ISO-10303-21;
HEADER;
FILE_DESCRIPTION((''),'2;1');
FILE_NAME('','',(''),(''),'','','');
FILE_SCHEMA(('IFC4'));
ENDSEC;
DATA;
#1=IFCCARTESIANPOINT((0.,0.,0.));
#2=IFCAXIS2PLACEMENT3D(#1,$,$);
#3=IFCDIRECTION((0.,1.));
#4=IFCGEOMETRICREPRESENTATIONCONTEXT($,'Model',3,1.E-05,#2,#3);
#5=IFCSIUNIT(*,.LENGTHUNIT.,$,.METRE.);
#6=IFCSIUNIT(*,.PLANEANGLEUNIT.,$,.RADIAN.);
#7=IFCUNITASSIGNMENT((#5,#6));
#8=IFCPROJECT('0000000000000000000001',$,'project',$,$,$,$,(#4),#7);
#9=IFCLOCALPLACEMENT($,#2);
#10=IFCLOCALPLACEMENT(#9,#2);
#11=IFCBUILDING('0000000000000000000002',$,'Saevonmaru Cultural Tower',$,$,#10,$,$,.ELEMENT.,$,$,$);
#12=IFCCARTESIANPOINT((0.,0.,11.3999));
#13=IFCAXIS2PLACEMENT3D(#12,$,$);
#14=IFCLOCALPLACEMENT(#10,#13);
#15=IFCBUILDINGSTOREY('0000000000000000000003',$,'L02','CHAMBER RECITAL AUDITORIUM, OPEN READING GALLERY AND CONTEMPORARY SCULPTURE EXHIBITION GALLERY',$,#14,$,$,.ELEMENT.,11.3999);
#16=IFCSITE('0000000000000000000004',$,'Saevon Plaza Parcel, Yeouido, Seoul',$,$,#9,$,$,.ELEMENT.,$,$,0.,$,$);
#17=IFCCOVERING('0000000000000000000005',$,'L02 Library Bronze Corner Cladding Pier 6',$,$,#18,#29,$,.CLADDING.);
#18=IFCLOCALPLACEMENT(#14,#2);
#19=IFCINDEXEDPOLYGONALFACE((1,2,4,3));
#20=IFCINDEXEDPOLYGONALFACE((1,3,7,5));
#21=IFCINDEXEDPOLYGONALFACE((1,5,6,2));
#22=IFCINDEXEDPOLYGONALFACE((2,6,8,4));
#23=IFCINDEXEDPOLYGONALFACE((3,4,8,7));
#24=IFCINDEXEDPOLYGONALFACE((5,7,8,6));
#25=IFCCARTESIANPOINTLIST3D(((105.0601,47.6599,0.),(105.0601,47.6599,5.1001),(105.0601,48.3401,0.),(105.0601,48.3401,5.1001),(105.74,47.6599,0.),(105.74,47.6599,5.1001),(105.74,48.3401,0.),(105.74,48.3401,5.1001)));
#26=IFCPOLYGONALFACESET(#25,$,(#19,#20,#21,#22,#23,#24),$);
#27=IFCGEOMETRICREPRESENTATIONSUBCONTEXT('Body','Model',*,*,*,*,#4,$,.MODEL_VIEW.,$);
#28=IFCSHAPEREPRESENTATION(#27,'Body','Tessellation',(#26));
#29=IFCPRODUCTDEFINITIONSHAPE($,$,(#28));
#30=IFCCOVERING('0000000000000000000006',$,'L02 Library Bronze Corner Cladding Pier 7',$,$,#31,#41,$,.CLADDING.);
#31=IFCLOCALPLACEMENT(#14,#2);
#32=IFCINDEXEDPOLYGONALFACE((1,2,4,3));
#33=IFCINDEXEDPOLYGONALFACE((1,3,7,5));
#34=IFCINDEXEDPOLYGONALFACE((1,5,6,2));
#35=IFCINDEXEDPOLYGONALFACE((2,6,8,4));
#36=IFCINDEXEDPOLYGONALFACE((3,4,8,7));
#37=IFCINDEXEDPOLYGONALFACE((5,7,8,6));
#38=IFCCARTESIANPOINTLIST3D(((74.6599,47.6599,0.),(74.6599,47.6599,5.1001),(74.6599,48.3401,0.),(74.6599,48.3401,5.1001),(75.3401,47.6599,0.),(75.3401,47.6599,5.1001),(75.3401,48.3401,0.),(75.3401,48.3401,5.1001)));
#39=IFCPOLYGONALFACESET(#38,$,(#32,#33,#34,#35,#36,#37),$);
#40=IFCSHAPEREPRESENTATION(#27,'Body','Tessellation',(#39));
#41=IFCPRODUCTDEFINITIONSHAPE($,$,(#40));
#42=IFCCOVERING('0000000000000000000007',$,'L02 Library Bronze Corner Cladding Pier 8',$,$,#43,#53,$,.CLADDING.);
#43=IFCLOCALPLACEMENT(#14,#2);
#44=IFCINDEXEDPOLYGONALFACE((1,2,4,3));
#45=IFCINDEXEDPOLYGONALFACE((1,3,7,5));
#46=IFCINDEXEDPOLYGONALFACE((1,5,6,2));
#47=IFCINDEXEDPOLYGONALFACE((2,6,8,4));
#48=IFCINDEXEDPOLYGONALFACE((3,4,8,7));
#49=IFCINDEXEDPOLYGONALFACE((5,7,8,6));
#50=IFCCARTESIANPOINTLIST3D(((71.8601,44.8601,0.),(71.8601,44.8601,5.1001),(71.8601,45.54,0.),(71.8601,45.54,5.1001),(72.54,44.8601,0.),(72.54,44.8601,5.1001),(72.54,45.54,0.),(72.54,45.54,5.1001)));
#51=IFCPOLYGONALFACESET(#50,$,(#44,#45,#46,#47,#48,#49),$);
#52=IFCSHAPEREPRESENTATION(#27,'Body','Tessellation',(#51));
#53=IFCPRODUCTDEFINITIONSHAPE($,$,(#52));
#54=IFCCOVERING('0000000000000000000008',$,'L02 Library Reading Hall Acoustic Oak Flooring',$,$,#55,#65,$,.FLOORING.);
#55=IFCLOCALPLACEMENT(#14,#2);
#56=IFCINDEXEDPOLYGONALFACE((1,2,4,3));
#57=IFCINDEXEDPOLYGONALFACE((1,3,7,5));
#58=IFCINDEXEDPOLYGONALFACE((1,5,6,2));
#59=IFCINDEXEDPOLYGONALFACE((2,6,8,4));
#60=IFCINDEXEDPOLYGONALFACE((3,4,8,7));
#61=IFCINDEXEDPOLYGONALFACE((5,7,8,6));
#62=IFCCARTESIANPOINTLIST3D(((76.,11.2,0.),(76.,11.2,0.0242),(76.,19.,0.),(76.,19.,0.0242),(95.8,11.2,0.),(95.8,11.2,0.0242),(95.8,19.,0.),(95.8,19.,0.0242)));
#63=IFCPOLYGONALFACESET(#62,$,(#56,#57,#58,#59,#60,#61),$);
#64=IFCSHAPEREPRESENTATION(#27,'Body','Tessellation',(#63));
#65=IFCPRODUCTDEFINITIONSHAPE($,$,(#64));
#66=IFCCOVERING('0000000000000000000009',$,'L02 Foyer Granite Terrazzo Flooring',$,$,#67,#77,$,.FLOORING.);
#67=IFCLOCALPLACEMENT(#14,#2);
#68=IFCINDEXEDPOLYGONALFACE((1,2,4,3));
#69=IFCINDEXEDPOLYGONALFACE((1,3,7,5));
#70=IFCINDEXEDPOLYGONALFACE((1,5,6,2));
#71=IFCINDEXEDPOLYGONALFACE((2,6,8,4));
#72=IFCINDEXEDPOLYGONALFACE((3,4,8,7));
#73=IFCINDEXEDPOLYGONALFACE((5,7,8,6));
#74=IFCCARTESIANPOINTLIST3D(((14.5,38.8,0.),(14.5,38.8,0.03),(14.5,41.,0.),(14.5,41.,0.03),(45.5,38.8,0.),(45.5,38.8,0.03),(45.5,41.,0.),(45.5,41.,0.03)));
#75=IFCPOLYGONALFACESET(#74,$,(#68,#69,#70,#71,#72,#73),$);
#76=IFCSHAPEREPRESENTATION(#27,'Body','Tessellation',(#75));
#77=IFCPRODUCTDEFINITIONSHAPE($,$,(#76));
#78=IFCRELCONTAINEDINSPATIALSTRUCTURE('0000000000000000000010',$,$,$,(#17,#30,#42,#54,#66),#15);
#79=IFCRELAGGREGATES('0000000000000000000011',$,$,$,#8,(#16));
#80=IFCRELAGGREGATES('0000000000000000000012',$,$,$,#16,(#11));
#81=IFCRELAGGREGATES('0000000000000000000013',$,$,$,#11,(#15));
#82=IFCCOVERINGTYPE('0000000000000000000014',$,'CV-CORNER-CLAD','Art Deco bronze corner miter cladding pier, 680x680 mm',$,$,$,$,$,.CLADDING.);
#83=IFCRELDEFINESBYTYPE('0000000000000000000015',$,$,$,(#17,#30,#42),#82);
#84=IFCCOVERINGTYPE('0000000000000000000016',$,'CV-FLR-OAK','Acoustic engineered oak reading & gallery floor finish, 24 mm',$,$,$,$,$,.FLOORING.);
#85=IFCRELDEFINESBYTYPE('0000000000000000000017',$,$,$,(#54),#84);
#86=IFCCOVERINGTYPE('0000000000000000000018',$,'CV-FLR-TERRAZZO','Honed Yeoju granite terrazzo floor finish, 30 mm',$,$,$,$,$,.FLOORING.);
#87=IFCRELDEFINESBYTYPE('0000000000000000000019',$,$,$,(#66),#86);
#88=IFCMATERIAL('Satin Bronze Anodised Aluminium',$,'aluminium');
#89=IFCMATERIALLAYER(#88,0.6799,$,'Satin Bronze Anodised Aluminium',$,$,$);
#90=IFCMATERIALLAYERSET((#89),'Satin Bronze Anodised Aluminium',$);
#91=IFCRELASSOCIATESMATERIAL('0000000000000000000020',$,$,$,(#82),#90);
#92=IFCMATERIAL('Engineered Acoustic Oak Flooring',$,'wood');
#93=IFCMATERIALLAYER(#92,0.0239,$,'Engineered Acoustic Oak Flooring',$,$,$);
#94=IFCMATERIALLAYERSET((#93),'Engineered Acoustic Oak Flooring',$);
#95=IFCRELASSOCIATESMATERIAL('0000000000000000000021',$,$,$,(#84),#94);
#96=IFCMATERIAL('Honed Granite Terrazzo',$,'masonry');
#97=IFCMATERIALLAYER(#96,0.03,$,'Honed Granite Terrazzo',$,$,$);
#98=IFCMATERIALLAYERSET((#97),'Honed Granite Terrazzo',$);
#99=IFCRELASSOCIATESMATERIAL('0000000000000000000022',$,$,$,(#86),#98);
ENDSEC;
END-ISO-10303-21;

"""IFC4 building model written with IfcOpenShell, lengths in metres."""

from ifc_helpers import new_model, si_unit, direction, frame, origin, place, context, subcontext, project, spatial, polyline, outline, extrude, material, layer, layer_set, type_object, element, save


model = new_model("IFC4")

# Units and contexts
model_context = context("Model", 3, precision=1e-05, world=origin(), true_north=direction((0.0, 1.0)))
body_context = subcontext(model_context, "Body", "Model", "MODEL_VIEW")
ifc_project = project(units=[si_unit("LENGTHUNIT", "METRE"), si_unit("PLANEANGLEUNIT", "RADIAN")], contexts=[model_context])

# Site, building, storey
site_placement = place(None, origin())
site = spatial("IfcSite", under=ifc_project, at=site_placement, Name="Saevon Plaza Parcel, Yeouido, Seoul", CompositionType="ELEMENT", RefElevation=0.0)
building_placement = place(site_placement, origin())
building = spatial("IfcBuilding", under=site, at=building_placement, Name="Saevonmaru Cultural Tower", CompositionType="ELEMENT")
storey_placement = place(building_placement, frame((0.0, 0.0, 11.3999)))
storey = spatial("IfcBuildingStorey", under=building, at=storey_placement, Name="L02", Description="CHAMBER RECITAL AUDITORIUM, OPEN READING GALLERY AND CONTEMPORARY SCULPTURE EXHIBITION GALLERY", CompositionType="ELEMENT", Elevation=11.3999)

# Shared definitions
ifc_material_1 = material(Name="Satin Bronze Anodised Aluminium", Category="aluminium")

# Coverings
ifc_layer_1 = layer(ifc_material_1, 0.6799, Name="Satin Bronze Anodised Aluminium")
ifc_layer_set_1 = layer_set([ifc_layer_1], Name="Satin Bronze Anodised Aluminium")
covering_type_1 = type_object("IfcCoveringType", Name="CV-CORNER-CLAD", Description="Art Deco bronze corner miter cladding pier, 680x680 mm", PredefinedType="CLADDING", material=ifc_layer_set_1)
covering_1_placement = place(storey_placement, origin())
element("IfcCovering", 1, at=covering_1_placement, inside=storey, type_object=covering_type_1, Name="L02 Library Bronze Corner Cladding Pier 6", PredefinedType="CLADDING", context=body_context, shape_type="SweptSolid", body=[
    extrude(outline(polyline([(105.0601, 47.6599), (105.74, 47.6599), (105.74, 48.3401), (105.0601, 48.3401), (105.0601, 47.6599)])), origin(), (0.0, 0.0, 1.0), 5.1001),
])
covering_2_placement = place(storey_placement, origin())
element("IfcCovering", 2, at=covering_2_placement, inside=storey, type_object=covering_type_1, Name="L02 Library Bronze Corner Cladding Pier 7", PredefinedType="CLADDING", context=body_context, shape_type="SweptSolid", body=[
    extrude(outline(polyline([(74.6599, 47.6599), (75.3401, 47.6599), (75.3401, 48.3401), (74.6599, 48.3401), (74.6599, 47.6599)])), origin(), (0.0, 0.0, 1.0), 5.1001),
])
covering_3_placement = place(storey_placement, origin())
element("IfcCovering", 3, at=covering_3_placement, inside=storey, type_object=covering_type_1, Name="L02 Library Bronze Corner Cladding Pier 8", PredefinedType="CLADDING", context=body_context, shape_type="SweptSolid", body=[
    extrude(outline(polyline([(71.8601, 44.8601), (72.54, 44.8601), (72.54, 45.54), (71.8601, 45.54), (71.8601, 44.8601)])), origin(), (0.0, 0.0, 1.0), 5.1001),
])
ifc_material_2 = material(Name="Engineered Acoustic Oak Flooring", Category="wood")
ifc_layer_2 = layer(ifc_material_2, 0.0239, Name="Engineered Acoustic Oak Flooring")
ifc_layer_set_2 = layer_set([ifc_layer_2], Name="Engineered Acoustic Oak Flooring")
covering_type_2 = type_object("IfcCoveringType", Name="CV-FLR-OAK", Description="Acoustic engineered oak reading & gallery floor finish, 24 mm", PredefinedType="FLOORING", material=ifc_layer_set_2)
covering_4_placement = place(storey_placement, origin())
element("IfcCovering", 4, at=covering_4_placement, inside=storey, type_object=covering_type_2, Name="L02 Library Reading Hall Acoustic Oak Flooring", PredefinedType="FLOORING", context=body_context, shape_type="SweptSolid", body=[
    extrude(outline(polyline([(76.0, 11.2), (95.8, 11.2), (95.8, 19.0), (76.0, 19.0), (76.0, 11.2)])), origin(), (0.0, 0.0, 1.0), 0.0242),
])
ifc_material_3 = material(Name="Honed Granite Terrazzo", Category="masonry")
ifc_layer_3 = layer(ifc_material_3, 0.03, Name="Honed Granite Terrazzo")
ifc_layer_set_3 = layer_set([ifc_layer_3], Name="Honed Granite Terrazzo")
covering_type_3 = type_object("IfcCoveringType", Name="CV-FLR-TERRAZZO", Description="Honed Yeoju granite terrazzo floor finish, 30 mm", PredefinedType="FLOORING", material=ifc_layer_set_3)
covering_5_placement = place(storey_placement, origin())
element("IfcCovering", 5, at=covering_5_placement, inside=storey, type_object=covering_type_3, Name="L02 Foyer Granite Terrazzo Flooring", PredefinedType="FLOORING", context=body_context, shape_type="SweptSolid", body=[
    extrude(outline(polyline([(14.5, 38.8), (45.5, 38.8), (45.5, 41.0), (14.5, 41.0), (14.5, 38.8)])), origin(), (0.0, 0.0, 1.0), 0.03),
])

save(model, "model.ifc")
